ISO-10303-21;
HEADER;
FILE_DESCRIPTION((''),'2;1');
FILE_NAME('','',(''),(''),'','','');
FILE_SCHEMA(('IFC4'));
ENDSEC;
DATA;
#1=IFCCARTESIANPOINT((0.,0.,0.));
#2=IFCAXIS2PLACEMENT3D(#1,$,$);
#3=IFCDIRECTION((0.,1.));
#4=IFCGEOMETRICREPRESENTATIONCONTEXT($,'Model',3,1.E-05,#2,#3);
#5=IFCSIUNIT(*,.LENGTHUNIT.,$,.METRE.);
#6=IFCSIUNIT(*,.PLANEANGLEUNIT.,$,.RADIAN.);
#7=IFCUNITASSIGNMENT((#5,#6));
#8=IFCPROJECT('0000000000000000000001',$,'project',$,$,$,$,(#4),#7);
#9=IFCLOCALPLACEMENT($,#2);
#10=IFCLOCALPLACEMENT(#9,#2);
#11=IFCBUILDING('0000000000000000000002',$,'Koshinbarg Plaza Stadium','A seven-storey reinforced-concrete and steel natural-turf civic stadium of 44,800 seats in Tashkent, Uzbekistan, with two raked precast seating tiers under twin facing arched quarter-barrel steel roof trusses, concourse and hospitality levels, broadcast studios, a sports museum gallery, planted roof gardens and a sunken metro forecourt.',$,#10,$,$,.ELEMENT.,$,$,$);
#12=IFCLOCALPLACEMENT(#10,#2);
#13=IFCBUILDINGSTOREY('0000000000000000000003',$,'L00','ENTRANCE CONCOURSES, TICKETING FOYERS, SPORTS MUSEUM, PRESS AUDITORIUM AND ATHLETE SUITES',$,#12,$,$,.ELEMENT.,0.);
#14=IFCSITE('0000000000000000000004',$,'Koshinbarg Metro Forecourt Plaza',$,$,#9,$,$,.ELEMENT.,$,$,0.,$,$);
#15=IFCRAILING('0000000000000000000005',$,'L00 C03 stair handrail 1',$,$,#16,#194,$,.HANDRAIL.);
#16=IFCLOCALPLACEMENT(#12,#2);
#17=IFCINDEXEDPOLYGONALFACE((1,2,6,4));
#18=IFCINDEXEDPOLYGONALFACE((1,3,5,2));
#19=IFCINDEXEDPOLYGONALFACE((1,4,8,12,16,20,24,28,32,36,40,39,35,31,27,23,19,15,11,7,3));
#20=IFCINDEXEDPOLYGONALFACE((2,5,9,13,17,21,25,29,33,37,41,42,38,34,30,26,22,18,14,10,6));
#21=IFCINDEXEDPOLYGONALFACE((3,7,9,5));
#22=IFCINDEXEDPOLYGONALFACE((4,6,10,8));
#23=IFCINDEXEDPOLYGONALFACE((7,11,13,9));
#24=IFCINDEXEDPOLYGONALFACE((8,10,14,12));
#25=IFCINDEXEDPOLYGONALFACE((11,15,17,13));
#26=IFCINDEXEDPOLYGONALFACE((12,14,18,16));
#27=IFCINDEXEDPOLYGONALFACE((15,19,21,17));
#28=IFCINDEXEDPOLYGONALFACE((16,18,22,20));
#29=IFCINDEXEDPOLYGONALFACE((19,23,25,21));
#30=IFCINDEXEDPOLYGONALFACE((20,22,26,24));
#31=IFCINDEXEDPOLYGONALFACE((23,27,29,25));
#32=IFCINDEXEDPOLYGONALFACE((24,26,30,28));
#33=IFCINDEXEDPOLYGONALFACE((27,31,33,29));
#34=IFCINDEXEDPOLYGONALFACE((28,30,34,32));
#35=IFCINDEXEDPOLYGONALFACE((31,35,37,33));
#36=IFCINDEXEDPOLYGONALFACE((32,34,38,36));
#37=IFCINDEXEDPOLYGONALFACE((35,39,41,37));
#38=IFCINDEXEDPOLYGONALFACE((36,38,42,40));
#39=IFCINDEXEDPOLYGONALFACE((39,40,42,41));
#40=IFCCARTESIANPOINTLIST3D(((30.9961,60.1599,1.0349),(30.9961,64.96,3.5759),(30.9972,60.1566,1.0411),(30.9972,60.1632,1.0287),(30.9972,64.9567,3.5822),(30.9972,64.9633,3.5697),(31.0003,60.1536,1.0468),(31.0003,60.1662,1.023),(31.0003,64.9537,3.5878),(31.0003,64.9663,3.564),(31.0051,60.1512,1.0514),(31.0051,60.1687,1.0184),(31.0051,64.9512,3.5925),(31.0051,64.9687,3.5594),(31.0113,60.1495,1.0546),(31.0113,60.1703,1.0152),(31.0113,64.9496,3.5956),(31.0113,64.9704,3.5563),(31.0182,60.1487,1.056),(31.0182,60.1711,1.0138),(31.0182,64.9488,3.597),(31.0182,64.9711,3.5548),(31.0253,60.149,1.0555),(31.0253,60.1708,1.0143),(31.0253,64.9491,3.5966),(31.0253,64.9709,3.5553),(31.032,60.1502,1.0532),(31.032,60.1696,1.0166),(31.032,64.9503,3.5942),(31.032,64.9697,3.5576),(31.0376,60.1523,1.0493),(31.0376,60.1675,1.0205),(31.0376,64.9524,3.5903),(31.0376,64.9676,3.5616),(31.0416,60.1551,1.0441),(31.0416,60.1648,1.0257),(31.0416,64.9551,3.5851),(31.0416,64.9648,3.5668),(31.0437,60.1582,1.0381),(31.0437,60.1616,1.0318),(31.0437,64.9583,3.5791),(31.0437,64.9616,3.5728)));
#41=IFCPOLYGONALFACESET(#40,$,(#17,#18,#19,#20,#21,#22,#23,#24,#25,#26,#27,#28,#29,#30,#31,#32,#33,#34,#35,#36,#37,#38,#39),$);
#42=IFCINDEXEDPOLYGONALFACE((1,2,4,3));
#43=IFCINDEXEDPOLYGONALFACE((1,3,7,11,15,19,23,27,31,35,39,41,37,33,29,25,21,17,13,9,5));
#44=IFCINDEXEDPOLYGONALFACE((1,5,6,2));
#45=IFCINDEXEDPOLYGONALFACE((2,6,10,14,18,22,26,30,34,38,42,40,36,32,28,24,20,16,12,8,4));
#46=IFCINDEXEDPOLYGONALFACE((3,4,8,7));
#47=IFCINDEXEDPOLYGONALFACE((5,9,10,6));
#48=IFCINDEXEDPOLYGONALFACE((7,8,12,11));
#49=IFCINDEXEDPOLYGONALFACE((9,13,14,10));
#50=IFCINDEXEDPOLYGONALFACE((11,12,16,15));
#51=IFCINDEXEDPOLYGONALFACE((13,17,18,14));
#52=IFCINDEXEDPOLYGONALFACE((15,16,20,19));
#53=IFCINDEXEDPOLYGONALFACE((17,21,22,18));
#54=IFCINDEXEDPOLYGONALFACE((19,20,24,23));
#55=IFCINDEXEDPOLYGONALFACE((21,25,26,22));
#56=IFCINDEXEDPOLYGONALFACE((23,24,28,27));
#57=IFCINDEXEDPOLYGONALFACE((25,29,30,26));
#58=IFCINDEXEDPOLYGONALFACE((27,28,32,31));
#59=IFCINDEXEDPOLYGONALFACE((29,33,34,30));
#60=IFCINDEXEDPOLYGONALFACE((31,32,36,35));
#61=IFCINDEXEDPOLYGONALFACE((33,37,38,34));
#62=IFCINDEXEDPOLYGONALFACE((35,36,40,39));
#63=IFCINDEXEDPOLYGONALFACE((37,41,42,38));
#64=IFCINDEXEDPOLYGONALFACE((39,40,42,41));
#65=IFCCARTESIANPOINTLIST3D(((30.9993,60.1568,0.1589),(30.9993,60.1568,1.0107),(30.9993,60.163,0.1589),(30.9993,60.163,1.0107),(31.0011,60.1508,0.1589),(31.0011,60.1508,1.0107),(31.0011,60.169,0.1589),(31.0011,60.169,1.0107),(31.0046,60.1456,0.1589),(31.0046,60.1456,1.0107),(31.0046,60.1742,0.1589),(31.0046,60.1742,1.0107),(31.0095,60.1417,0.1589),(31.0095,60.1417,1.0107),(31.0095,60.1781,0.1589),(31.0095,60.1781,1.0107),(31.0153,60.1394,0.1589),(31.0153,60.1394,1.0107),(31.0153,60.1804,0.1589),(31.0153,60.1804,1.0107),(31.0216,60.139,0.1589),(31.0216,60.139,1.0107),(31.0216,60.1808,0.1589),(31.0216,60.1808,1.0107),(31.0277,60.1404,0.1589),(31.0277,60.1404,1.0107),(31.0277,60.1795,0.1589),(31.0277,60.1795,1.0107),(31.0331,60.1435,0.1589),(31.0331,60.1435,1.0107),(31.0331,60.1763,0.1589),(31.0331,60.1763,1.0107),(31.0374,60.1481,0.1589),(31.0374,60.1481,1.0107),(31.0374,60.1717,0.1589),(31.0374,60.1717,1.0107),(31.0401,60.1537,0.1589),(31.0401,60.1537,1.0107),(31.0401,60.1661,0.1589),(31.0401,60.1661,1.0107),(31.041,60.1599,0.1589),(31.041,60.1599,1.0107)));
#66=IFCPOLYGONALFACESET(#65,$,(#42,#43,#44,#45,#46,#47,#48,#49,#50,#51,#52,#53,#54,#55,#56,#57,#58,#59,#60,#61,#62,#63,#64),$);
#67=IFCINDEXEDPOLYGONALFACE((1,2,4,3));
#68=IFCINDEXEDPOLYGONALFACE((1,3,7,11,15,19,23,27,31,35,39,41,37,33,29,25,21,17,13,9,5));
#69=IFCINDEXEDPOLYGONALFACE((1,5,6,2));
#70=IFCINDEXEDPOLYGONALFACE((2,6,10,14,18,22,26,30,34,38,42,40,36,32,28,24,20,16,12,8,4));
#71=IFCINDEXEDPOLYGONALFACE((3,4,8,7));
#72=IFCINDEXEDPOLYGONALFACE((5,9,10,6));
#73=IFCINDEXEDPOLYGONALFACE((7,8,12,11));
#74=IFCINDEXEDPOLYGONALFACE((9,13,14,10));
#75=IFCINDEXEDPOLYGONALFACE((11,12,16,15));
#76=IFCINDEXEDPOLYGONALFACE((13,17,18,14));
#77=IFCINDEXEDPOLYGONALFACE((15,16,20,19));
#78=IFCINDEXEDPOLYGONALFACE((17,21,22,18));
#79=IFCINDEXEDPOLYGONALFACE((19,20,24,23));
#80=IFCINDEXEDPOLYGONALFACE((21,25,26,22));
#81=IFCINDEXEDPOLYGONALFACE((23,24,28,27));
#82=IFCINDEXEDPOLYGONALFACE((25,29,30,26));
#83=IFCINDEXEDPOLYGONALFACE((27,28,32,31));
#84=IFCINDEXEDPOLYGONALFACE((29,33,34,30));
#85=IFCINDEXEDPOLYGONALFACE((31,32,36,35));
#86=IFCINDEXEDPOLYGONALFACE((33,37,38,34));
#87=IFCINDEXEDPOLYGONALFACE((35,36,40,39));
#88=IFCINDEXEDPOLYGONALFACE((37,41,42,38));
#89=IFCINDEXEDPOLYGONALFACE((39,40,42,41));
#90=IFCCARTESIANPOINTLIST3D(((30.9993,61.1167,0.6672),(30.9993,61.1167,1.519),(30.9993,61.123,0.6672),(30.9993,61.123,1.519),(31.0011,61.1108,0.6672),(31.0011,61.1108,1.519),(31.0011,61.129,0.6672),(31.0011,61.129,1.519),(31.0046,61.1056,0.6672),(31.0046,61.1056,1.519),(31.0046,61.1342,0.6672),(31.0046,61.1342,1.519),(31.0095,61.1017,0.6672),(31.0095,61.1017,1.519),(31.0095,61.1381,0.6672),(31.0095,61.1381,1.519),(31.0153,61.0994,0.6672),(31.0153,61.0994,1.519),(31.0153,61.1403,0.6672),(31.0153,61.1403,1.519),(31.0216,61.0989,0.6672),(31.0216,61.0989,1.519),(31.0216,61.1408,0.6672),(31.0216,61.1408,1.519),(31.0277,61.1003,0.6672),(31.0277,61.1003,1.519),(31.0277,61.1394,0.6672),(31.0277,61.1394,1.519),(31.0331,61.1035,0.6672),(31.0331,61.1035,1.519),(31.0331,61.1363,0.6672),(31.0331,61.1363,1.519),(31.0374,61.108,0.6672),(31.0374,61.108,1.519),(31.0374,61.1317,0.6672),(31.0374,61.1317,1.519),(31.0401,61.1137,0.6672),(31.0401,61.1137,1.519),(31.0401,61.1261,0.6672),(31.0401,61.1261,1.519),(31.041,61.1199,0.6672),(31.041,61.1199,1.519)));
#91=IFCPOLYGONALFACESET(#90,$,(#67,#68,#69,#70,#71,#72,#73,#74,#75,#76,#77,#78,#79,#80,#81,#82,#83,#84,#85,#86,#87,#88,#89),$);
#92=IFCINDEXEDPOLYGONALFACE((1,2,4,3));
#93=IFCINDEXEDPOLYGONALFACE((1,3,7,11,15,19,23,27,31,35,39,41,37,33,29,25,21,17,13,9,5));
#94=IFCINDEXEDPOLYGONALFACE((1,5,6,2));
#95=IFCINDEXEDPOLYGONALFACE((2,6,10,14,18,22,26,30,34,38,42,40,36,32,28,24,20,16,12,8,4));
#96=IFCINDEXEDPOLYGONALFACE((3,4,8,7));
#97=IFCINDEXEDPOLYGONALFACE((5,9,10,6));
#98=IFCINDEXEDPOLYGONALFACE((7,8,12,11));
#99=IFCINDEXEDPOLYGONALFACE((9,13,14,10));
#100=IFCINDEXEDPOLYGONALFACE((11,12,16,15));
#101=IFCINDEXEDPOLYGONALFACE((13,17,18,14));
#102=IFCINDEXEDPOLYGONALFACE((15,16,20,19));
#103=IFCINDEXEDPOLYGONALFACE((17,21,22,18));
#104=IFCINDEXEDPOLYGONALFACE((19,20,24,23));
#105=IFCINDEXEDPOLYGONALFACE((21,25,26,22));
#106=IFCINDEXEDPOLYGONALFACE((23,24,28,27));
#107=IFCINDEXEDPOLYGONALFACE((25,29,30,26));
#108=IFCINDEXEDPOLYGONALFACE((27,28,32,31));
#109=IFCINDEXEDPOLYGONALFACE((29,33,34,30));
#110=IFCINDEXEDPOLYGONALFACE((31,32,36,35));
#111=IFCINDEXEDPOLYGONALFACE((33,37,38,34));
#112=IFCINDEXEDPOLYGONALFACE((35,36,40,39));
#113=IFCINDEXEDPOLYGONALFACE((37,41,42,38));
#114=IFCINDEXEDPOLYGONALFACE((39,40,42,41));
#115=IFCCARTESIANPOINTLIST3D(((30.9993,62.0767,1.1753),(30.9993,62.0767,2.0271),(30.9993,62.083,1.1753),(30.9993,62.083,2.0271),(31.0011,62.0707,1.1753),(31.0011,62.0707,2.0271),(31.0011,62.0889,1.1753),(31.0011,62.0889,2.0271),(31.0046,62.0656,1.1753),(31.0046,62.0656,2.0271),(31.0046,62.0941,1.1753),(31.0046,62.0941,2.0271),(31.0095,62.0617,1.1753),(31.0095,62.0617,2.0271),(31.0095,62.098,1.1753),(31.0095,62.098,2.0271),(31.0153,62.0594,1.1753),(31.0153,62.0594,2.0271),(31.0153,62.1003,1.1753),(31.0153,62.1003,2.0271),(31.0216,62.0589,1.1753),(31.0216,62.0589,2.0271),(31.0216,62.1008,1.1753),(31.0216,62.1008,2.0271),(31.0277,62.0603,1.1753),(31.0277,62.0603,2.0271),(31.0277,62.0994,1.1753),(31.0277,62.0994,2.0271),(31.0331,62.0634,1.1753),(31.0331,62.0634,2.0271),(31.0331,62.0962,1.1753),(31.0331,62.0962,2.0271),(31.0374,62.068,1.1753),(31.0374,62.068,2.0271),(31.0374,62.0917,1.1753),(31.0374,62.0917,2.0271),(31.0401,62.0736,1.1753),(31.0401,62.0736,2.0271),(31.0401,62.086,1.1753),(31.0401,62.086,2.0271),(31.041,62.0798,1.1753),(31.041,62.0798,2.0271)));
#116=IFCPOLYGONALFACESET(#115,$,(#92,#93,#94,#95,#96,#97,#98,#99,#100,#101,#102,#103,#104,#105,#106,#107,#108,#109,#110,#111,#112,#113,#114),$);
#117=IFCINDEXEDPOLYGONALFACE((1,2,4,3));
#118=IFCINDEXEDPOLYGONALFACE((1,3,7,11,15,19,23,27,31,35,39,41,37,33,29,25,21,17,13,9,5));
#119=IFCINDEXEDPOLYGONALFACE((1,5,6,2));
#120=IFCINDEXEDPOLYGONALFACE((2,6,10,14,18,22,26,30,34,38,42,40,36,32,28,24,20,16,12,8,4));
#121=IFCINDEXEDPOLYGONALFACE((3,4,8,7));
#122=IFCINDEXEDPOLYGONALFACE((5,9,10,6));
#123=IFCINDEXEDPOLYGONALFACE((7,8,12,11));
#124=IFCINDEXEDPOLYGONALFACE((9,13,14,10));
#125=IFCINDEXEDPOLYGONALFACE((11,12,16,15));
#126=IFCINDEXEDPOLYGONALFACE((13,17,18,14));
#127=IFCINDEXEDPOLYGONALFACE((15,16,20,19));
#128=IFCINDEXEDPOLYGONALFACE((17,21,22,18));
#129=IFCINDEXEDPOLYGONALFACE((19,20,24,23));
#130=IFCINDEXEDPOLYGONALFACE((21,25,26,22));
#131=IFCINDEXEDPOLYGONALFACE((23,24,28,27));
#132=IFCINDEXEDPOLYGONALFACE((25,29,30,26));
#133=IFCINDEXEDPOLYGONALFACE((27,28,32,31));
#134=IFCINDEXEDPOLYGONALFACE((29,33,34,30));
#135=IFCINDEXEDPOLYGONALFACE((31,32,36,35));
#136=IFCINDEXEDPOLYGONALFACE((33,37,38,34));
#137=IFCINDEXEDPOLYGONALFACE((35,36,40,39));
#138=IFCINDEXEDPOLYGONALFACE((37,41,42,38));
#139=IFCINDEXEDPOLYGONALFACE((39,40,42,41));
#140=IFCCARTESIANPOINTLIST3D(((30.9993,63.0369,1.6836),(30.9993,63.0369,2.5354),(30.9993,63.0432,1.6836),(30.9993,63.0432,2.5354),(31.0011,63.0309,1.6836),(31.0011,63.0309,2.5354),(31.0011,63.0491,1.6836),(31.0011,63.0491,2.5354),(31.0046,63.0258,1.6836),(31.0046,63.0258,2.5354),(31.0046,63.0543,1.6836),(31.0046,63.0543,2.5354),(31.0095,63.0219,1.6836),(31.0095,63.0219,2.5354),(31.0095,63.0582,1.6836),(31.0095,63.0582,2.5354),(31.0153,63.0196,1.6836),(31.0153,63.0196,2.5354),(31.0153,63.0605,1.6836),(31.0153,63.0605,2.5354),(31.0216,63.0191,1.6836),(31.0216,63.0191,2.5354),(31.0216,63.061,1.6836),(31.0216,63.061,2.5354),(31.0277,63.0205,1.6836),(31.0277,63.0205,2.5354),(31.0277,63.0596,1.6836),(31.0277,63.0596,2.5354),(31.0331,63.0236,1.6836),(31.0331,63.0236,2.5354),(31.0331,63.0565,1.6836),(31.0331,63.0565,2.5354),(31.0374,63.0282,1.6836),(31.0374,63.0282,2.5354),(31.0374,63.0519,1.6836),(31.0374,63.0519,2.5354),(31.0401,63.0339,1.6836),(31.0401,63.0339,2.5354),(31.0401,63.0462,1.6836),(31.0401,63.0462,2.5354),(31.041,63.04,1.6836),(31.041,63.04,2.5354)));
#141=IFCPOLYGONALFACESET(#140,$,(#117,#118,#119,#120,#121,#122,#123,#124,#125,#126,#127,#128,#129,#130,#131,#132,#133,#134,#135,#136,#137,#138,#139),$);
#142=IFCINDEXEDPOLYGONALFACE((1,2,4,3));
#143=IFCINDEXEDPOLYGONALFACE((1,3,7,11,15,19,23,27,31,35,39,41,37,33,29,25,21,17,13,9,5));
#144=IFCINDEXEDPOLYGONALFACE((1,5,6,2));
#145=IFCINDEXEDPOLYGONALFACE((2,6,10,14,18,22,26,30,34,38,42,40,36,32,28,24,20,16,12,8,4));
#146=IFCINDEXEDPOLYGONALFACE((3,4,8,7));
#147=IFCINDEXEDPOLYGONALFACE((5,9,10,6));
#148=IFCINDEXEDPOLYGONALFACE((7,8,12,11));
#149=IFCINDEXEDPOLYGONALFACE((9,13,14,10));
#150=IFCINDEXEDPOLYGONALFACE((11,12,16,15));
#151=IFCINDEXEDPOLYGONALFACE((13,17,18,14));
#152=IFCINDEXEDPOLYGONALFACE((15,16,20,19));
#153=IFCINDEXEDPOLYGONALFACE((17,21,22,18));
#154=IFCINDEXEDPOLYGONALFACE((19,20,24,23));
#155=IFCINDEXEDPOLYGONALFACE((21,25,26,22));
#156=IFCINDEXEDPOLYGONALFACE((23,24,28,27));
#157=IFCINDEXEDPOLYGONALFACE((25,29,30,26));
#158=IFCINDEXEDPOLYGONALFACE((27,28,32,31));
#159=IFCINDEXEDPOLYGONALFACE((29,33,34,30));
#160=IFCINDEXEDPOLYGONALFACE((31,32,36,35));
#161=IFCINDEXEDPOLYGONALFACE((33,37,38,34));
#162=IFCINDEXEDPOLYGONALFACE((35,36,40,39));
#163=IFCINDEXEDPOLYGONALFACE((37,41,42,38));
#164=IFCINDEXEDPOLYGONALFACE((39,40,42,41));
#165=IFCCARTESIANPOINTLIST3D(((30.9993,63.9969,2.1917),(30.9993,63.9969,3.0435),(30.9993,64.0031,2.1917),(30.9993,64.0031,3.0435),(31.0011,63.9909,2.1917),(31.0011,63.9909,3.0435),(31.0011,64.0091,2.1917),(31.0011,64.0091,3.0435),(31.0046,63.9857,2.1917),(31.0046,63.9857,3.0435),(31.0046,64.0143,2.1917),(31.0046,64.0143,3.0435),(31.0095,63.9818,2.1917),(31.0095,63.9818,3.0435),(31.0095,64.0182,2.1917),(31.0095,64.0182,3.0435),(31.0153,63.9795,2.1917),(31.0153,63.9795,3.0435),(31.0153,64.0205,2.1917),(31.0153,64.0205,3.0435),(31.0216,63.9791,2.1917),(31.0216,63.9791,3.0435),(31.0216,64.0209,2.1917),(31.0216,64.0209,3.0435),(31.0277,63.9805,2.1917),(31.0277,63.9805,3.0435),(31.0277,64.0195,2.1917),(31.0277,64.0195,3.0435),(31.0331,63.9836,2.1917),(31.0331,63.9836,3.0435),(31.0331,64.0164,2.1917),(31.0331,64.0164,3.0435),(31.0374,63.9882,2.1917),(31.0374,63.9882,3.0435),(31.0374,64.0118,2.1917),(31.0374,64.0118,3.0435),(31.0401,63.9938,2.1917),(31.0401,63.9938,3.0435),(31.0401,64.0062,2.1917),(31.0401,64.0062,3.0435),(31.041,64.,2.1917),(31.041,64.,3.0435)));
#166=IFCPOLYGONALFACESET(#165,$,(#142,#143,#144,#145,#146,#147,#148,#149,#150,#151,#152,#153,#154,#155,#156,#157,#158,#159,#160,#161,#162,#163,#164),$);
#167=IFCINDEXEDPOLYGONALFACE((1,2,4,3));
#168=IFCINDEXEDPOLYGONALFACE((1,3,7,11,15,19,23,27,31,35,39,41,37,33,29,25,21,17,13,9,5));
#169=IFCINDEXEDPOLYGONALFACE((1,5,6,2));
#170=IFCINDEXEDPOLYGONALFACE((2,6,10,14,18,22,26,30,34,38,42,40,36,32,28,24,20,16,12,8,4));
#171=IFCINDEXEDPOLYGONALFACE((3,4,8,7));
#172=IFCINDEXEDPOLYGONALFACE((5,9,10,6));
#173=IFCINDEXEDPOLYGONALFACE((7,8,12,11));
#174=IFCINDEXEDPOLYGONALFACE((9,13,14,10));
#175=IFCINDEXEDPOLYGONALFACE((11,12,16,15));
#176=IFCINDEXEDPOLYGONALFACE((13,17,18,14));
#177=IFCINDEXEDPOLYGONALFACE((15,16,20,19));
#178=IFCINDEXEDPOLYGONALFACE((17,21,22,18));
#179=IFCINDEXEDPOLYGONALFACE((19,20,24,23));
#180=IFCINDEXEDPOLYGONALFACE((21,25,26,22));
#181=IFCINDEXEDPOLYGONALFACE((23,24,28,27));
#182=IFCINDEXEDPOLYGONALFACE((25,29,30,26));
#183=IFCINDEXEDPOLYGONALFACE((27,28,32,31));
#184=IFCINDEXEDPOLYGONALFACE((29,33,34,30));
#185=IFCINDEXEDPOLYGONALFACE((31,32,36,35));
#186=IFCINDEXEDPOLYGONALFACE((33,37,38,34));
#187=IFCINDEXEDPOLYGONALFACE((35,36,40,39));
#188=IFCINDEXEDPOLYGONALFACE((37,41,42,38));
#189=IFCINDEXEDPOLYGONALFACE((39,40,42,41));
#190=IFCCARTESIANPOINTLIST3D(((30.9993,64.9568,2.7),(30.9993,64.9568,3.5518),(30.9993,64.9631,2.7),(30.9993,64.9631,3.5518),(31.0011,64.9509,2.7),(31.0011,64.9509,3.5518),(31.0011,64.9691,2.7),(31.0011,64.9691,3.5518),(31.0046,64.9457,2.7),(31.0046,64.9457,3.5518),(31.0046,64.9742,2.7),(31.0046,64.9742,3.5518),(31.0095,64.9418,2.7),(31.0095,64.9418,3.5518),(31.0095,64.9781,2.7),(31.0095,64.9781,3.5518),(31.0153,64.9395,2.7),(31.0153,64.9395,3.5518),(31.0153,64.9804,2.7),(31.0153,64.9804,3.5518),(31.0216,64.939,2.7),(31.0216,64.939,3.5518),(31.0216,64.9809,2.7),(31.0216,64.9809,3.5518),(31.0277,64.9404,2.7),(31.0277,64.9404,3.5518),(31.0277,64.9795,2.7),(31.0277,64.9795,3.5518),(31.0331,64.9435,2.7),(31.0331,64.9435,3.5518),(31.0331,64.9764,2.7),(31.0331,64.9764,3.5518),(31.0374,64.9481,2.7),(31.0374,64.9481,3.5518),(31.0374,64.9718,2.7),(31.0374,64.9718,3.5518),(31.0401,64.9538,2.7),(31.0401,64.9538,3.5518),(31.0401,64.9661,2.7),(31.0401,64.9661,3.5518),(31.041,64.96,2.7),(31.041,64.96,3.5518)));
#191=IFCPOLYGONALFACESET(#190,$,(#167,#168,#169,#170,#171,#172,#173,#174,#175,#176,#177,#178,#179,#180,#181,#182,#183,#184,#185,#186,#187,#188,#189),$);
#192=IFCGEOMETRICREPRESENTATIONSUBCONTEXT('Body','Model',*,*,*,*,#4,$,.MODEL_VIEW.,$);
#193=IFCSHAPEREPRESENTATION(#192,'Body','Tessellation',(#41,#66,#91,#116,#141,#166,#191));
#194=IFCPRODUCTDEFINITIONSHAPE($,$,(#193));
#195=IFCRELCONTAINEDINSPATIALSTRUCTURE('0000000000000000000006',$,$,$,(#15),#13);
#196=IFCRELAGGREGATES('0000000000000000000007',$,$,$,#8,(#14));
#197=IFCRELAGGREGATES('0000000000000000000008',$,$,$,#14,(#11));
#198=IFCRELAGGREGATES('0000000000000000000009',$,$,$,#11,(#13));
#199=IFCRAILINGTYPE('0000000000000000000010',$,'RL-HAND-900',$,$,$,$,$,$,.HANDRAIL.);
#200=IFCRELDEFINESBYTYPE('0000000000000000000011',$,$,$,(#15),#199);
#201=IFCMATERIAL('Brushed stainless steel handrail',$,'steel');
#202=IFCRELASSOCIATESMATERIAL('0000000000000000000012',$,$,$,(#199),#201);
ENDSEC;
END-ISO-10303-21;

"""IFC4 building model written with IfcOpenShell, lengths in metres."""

from ifc_helpers import new_model, si_unit, direction, frame, origin, origin_2d, place, context, subcontext, project, spatial, circle, extrude, material, type_object, element, save


model = new_model("IFC4")

# Units and contexts
model_context = context("Model", 3, precision=1e-05, world=origin(), true_north=direction((0.0, 1.0)))
body_context = subcontext(model_context, "Body", "Model", "MODEL_VIEW")
ifc_project = project(units=[si_unit("LENGTHUNIT", "METRE"), si_unit("PLANEANGLEUNIT", "RADIAN")], contexts=[model_context])

# Site, building, storey
site_placement = place(None, origin())
site = spatial("IfcSite", under=ifc_project, at=site_placement, Name="Koshinbarg Metro Forecourt Plaza", CompositionType="ELEMENT", RefElevation=0.0)
building_placement = place(site_placement, origin())
building = spatial("IfcBuilding", under=site, at=building_placement, Name="Koshinbarg Plaza Stadium", Description="A seven-storey reinforced-concrete and steel natural-turf civic stadium of 44,800 seats in Tashkent, Uzbekistan, with two raked precast seating tiers under twin facing arched quarter-barrel steel roof trusses, concourse and hospitality levels, broadcast studios, a sports museum gallery, planted roof gardens and a sunken metro forecourt.", CompositionType="ELEMENT")
storey_placement = place(building_placement, origin())
storey = spatial("IfcBuildingStorey", under=building, at=storey_placement, Name="L00", Description="ENTRANCE CONCOURSES, TICKETING FOYERS, SPORTS MUSEUM, PRESS AUDITORIUM AND ATHLETE SUITES", CompositionType="ELEMENT", Elevation=0.0)

# Railing
ifc_material_1 = material(Name="Brushed stainless steel handrail", Category="steel")
railing_type_1 = type_object("IfcRailingType", Name="RL-HAND-900", PredefinedType="HANDRAIL", material=ifc_material_1)
railing_1_placement = place(storey_placement, frame((31.02, 60.1599, 0.1589)))
element("IfcRailing", 1, at=railing_1_placement, inside=storey, type_object=railing_type_1, Name="L00 C03 stair handrail 1", PredefinedType="HANDRAIL", context=body_context, shape_type="SweptSolid", body=[
    extrude(circle(Radius=0.0239, at=origin_2d()), frame((0.0, 0.0, 0.876), z_axis=(0.0, 0.883802, 0.467861), x_axis=(-1.0, 0.0, 0.0)), (0.0, 0.0, 1.0), 5.4312),
    extrude(circle(Radius=0.021, at=origin_2d()), origin(), (0.0, 0.0, 1.0), 0.8518),
    extrude(circle(Radius=0.021, at=origin_2d()), frame((0.0, 0.96, 0.5083)), (0.0, 0.0, 1.0), 0.8518),
    extrude(circle(Radius=0.021, at=origin_2d()), frame((0.0, 1.9199, 1.0164)), (0.0, 0.0, 1.0), 0.8518),
    extrude(circle(Radius=0.021, at=origin_2d()), frame((0.0, 2.8801, 1.5247)), (0.0, 0.0, 1.0), 0.8518),
    extrude(circle(Radius=0.021, at=origin_2d()), frame((0.0, 3.8401, 2.0327)), (0.0, 0.0, 1.0), 0.8518),
    extrude(circle(Radius=0.021, at=origin_2d()), frame((0.0, 4.8, 2.541)), (0.0, 0.0, 1.0), 0.8518),
])

save(model, "model.ifc")
